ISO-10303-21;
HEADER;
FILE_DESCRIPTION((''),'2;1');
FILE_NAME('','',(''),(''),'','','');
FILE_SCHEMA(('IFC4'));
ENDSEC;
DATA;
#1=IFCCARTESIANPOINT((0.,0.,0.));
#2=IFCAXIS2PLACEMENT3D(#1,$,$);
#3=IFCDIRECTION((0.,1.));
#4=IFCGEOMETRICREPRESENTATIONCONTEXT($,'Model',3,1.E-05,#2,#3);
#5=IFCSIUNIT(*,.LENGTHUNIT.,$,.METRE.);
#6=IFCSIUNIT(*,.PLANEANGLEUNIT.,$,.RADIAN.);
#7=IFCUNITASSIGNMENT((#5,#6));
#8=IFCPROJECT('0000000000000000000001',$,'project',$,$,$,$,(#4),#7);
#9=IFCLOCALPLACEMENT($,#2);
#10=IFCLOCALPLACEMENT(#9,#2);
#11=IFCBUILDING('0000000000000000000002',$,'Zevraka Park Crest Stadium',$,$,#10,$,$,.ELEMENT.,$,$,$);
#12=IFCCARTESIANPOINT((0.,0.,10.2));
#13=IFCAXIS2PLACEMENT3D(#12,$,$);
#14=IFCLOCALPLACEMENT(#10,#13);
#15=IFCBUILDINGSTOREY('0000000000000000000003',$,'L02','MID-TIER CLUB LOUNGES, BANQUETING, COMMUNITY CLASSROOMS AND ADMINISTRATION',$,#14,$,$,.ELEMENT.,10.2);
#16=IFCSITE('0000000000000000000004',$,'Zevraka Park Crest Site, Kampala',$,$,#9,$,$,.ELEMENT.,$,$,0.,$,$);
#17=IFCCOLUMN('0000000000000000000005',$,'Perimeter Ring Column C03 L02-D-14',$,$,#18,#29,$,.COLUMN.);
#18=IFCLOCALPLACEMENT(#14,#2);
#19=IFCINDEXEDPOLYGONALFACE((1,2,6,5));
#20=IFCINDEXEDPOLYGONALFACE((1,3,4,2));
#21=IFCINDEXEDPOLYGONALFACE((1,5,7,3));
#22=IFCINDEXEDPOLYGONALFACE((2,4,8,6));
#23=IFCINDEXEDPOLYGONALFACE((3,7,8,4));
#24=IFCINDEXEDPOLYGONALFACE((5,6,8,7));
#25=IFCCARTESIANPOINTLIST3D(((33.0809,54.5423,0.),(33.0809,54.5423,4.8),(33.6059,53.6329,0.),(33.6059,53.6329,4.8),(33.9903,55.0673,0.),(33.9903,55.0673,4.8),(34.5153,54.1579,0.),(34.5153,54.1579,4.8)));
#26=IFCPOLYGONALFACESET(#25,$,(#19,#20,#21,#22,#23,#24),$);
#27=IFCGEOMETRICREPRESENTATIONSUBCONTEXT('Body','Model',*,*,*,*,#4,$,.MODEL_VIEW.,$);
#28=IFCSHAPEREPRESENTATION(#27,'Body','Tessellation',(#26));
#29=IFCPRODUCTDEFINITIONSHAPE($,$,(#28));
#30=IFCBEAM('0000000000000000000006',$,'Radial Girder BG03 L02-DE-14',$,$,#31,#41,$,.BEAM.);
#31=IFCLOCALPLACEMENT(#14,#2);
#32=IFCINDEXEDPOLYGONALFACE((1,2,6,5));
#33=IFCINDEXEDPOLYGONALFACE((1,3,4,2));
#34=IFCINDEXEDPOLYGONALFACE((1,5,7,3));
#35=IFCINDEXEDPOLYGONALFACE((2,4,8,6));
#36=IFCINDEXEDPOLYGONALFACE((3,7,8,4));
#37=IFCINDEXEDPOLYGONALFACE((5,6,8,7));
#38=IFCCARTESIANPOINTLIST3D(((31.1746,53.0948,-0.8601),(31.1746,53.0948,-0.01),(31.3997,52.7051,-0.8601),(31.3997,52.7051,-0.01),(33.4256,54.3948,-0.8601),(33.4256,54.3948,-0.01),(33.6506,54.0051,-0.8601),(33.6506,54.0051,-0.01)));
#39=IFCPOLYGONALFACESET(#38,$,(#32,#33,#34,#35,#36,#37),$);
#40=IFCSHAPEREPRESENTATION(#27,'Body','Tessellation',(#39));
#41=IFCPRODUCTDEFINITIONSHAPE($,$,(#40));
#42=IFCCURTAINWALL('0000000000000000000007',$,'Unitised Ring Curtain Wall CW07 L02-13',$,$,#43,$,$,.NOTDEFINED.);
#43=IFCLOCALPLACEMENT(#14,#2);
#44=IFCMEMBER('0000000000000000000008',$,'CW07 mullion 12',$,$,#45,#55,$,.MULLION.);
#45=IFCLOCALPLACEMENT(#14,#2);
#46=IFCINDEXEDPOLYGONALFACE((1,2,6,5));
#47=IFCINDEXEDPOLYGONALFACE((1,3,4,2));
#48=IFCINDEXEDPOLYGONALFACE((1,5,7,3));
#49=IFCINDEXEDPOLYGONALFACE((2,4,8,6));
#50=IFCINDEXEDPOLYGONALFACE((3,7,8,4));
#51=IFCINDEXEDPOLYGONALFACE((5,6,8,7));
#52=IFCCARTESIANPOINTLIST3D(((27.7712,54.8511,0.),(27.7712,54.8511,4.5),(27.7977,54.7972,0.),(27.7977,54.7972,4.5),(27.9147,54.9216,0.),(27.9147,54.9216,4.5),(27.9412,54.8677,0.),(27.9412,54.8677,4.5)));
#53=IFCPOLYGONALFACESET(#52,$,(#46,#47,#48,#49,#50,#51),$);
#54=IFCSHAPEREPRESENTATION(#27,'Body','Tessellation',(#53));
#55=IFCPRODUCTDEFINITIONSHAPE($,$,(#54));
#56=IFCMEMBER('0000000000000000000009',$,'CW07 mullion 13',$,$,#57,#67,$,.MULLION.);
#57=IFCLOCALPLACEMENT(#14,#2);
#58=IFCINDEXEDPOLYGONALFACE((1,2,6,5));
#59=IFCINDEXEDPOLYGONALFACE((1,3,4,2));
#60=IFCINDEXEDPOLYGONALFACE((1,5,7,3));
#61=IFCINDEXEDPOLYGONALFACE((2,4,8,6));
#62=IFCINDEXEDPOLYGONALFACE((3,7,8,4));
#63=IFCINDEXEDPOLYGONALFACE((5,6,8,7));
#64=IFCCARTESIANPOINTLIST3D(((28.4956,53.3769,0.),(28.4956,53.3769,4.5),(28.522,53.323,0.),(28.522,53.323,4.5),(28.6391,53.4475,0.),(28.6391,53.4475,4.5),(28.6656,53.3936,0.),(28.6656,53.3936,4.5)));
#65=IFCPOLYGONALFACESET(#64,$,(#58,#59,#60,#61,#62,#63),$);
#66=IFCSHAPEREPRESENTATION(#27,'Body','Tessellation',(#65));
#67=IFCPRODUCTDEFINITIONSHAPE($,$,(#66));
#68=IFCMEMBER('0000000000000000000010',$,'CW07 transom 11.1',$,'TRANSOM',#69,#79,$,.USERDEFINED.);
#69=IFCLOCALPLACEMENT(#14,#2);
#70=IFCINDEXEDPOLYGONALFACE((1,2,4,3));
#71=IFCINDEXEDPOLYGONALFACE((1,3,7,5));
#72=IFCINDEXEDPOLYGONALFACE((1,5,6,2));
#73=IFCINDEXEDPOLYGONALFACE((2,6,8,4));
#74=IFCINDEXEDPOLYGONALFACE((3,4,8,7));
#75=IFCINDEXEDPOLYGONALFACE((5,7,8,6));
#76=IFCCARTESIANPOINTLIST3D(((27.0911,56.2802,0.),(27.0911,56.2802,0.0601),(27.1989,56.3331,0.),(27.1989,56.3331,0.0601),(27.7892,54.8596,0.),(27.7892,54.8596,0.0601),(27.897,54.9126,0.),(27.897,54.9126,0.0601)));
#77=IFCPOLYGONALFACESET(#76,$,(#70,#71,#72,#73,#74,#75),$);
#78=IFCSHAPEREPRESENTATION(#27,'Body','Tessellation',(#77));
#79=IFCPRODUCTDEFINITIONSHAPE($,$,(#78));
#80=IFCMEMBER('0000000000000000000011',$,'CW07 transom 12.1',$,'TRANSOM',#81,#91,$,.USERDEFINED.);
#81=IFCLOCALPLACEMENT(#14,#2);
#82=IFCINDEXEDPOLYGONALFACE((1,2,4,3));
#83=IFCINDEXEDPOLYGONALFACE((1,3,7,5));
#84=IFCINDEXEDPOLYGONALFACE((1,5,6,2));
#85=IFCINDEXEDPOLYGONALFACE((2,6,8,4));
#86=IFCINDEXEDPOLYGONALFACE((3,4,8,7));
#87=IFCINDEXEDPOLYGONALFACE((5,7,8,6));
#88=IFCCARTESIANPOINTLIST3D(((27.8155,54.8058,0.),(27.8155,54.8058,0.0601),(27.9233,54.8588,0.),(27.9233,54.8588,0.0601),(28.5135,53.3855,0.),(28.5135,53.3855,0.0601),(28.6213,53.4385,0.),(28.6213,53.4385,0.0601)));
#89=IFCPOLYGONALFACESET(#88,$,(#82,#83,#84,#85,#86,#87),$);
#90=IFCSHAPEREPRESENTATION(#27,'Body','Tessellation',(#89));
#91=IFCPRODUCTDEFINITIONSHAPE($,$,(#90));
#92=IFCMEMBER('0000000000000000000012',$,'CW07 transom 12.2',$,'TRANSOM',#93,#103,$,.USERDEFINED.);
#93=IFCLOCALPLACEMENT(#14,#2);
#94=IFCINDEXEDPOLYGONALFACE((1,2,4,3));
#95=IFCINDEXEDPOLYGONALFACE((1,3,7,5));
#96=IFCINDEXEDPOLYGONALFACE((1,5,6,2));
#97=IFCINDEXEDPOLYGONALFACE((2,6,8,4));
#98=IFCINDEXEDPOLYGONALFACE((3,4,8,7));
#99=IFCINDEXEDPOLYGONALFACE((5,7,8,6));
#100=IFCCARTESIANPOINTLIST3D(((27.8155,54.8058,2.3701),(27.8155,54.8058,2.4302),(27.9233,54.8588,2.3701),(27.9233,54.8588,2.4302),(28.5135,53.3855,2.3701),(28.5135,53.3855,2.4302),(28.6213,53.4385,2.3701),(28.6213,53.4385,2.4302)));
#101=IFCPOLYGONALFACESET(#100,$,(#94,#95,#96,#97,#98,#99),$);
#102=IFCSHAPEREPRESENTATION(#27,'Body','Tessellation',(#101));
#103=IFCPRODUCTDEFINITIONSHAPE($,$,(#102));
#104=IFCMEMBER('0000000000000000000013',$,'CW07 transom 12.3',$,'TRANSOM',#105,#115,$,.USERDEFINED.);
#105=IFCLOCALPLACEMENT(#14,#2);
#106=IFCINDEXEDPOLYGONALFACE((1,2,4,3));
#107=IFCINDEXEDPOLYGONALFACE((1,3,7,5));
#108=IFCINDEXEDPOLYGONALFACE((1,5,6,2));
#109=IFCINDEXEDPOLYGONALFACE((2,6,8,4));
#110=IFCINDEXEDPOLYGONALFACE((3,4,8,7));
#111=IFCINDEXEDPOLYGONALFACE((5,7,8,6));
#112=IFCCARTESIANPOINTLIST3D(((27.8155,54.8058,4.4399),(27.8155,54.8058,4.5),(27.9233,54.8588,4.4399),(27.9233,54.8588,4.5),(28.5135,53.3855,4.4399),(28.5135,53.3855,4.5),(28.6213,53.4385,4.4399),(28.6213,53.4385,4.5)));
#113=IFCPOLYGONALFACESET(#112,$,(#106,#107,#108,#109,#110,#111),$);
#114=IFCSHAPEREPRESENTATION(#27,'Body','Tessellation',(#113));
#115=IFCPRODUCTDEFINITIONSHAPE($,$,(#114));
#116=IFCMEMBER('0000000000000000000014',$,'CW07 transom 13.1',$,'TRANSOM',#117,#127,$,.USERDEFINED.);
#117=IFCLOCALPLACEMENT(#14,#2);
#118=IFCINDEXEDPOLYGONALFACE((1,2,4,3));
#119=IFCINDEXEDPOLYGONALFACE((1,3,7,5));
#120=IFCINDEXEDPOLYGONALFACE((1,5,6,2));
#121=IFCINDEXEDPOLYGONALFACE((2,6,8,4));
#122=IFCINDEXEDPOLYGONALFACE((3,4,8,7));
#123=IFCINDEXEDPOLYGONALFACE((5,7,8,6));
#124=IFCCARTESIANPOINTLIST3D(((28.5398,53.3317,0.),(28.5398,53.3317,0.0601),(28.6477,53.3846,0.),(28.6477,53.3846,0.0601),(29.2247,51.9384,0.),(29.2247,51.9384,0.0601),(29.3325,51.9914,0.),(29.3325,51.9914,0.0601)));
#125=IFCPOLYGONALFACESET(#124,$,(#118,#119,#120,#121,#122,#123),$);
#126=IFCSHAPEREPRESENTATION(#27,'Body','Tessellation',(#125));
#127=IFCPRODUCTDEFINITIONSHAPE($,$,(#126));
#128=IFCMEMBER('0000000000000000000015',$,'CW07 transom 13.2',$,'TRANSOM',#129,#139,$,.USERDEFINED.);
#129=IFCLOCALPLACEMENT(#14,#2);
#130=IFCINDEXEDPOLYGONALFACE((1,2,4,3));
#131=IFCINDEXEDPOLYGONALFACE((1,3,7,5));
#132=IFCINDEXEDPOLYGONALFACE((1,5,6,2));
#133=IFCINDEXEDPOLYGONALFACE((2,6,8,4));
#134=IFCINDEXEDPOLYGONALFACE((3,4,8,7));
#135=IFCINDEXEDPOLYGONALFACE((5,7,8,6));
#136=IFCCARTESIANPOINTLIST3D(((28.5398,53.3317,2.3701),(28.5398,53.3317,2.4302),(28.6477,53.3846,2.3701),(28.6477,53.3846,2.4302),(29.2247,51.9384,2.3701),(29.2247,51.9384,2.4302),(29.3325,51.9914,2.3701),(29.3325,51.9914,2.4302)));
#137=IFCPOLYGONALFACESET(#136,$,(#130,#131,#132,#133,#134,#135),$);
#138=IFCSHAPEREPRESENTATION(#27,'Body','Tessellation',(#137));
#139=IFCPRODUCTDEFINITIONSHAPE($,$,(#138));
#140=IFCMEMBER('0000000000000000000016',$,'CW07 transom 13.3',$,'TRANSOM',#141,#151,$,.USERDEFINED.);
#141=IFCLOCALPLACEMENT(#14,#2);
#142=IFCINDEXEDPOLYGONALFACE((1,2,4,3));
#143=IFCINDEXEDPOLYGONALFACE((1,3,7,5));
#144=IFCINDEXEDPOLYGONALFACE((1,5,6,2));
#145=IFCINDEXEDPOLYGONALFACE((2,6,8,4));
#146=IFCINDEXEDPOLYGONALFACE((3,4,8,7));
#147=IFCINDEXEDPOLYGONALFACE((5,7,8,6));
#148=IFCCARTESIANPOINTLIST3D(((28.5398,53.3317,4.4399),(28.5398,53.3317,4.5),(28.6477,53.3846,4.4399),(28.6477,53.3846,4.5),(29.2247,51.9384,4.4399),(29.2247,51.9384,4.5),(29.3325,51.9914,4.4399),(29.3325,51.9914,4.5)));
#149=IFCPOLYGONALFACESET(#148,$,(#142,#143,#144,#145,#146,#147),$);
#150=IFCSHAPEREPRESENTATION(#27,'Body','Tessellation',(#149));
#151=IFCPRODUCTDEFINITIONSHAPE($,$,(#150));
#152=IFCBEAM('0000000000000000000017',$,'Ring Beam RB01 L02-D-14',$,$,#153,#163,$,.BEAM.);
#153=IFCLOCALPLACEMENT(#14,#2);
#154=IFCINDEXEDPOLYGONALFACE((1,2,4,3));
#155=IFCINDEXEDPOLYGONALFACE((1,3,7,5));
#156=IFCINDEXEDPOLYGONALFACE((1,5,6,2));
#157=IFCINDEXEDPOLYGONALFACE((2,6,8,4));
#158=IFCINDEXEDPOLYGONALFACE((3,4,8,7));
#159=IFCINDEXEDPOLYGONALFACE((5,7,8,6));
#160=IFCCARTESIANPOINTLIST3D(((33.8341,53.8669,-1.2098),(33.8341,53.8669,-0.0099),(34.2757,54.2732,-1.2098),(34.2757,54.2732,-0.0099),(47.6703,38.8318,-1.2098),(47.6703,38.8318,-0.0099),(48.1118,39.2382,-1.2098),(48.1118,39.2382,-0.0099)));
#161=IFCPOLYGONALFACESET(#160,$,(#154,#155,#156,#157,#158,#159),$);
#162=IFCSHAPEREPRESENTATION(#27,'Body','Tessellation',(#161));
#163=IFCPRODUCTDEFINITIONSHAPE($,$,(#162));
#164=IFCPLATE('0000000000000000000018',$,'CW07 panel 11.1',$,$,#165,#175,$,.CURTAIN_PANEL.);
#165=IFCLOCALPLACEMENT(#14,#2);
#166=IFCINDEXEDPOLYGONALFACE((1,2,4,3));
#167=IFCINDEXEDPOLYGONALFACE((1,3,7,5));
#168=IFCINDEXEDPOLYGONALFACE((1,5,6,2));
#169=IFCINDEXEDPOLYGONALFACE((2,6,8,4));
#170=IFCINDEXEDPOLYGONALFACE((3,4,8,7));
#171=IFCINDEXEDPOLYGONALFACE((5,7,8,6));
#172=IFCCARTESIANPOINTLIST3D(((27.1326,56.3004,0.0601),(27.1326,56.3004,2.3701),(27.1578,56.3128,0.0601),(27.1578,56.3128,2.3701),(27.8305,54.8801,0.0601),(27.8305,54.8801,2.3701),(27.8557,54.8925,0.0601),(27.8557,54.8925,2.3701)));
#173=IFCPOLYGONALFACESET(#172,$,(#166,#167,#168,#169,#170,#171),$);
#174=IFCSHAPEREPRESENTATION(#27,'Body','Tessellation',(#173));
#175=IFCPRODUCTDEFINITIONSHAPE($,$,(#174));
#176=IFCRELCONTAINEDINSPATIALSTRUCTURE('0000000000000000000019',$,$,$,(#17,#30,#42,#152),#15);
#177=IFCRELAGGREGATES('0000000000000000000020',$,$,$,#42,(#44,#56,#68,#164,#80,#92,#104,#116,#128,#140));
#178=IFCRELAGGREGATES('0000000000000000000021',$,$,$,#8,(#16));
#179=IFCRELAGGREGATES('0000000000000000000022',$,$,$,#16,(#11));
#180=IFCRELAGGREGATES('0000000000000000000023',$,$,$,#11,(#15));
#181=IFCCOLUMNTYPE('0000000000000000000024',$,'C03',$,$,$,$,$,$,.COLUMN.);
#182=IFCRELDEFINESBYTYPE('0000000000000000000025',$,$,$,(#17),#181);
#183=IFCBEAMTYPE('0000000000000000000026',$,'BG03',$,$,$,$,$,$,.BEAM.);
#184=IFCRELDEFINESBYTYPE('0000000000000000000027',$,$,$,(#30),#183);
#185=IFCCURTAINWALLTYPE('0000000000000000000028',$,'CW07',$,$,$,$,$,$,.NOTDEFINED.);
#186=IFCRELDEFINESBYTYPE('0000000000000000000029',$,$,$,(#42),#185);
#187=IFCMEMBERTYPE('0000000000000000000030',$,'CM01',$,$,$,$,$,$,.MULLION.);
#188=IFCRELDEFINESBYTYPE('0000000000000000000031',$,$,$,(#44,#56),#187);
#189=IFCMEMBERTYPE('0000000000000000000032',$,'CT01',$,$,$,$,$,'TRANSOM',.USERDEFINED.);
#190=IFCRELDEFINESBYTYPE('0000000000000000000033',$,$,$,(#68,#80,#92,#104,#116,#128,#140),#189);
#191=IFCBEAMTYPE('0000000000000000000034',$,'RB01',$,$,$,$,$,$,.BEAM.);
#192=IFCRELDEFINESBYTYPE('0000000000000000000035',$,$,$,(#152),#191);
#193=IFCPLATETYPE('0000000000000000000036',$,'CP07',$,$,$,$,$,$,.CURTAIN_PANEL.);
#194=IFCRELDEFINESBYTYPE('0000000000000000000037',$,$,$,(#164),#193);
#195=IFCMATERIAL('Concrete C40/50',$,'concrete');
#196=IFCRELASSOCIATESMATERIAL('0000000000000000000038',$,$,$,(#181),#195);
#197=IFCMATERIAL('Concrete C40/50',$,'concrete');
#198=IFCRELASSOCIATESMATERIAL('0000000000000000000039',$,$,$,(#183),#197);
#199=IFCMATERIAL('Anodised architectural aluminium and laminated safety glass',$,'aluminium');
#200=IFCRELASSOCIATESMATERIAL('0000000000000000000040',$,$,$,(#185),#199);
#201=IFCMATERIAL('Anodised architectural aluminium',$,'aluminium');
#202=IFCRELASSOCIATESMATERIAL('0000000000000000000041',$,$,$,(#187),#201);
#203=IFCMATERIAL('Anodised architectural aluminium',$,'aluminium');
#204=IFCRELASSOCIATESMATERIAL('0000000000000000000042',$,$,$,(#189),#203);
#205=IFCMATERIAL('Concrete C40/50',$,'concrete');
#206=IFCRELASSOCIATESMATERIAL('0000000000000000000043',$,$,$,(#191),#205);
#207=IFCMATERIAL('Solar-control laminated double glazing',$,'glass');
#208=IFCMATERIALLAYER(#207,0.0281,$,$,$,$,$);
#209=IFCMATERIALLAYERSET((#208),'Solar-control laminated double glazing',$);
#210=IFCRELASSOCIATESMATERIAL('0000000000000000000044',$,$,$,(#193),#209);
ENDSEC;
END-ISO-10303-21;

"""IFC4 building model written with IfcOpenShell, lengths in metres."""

from ifc_helpers import new_model, si_unit, direction, frame, origin, origin_2d, place, context, subcontext, project, spatial, rectangle, extrude, material, layer, layer_set, material_profile, profile_set, type_object, element, aggregate, save


model = new_model("IFC4")

# Units and contexts
model_context = context("Model", 3, precision=1e-05, world=origin(), true_north=direction((0.0, 1.0)))
body_context = subcontext(model_context, "Body", "Model", "MODEL_VIEW")
ifc_project = project(units=[si_unit("LENGTHUNIT", "METRE"), si_unit("PLANEANGLEUNIT", "RADIAN")], contexts=[model_context])

# Site, building, storey
site_placement = place(None, origin())
site = spatial("IfcSite", under=ifc_project, at=site_placement, Name="Zevraka Park Crest Site, Kampala", CompositionType="ELEMENT", RefElevation=0.0)
building_placement = place(site_placement, origin())
building = spatial("IfcBuilding", under=site, at=building_placement, Name="Zevraka Park Crest Stadium", CompositionType="ELEMENT")
storey_placement = place(building_placement, frame((0.0, 0.0, 10.2)))
storey = spatial("IfcBuildingStorey", under=building, at=storey_placement, Name="L02", Description="MID-TIER CLUB LOUNGES, BANQUETING, COMMUNITY CLASSROOMS AND ADMINISTRATION", CompositionType="ELEMENT", Elevation=10.2)

# Column
ifc_material_1 = material(Name="Concrete C40/50", Category="concrete")
ifc_material_profile_1 = material_profile(ifc_material_1, rectangle(XDim=1.05, YDim=1.05, at=origin_2d()), Name="RC 1050x1050")
ifc_profile_set_1 = profile_set([ifc_material_profile_1], Name="Concrete C40/50")
column_type = type_object("IfcColumnType", Name="C03", PredefinedType="COLUMN", material=ifc_profile_set_1)
column_placement = place(storey_placement, frame((33.7981, 54.3501, 0.0), z_axis=(0.0, 0.0, 1.0), x_axis=(0.866025, 0.5, 0.0)))
element("IfcColumn", 1, at=column_placement, inside=storey, type_object=column_type, Name="Perimeter Ring Column C03 L02-D-14", PredefinedType="COLUMN", context=body_context, shape_type="SweptSolid", body=[
    extrude(rectangle(XDim=1.05, YDim=1.05, at=origin_2d()), origin(), (0.0, 0.0, 1.0), 4.8),
])

# Beam
ifc_material_2 = material(Name="Concrete C40/50", Category="concrete")
ifc_material_profile_2 = material_profile(ifc_material_2, rectangle(XDim=0.45, YDim=0.8501, at=origin_2d()), Name="RC 850x450")
ifc_profile_set_2 = profile_set([ifc_material_profile_2], Name="Concrete C40/50")
beam_type_1 = type_object("IfcBeamType", Name="BG03", PredefinedType="BEAM", material=ifc_profile_set_2)
beam_1_placement = place(storey_placement, frame((33.5381, 54.2, -0.4351), z_axis=(-0.865951, -0.500129, 0.0), x_axis=(0.500129, -0.865951, 0.0)))
element("IfcBeam", 2, at=beam_1_placement, inside=storey, type_object=beam_type_1, Name="Radial Girder BG03 L02-DE-14", PredefinedType="BEAM", context=body_context, shape_type="SweptSolid", body=[
    extrude(rectangle(XDim=0.45, YDim=0.8501, at=origin_2d()), origin(), (0.0, 0.0, 1.0), 2.5994),
])

# Curtain wall, members
ifc_material_3 = material(Name="Anodised architectural aluminium and laminated safety glass", Category="aluminium")
curtain_wall_type = type_object("IfcCurtainWallType", Name="CW07", PredefinedType="NOTDEFINED", material=ifc_material_3)
curtain_wall_placement = place(storey_placement, origin())
curtain_wall = element("IfcCurtainWall", 3, at=curtain_wall_placement, inside=storey, type_object=curtain_wall_type, Name="Unitised Ring Curtain Wall CW07 L02-13", PredefinedType="NOTDEFINED")
ifc_material_4 = material(Name="Anodised architectural aluminium", Category="aluminium")
ifc_material_profile_3 = material_profile(ifc_material_4, rectangle(XDim=0.1599, YDim=0.0601, at=origin_2d()), Name="ALU MULLION 160x60")
ifc_profile_set_3 = profile_set([ifc_material_profile_3], Name="Anodised architectural aluminium")
member_type_1 = type_object("IfcMemberType", Name="CM01", PredefinedType="MULLION", material=ifc_profile_set_3)
member_1_placement = place(storey_placement, frame((27.8562, 54.8594, 0.0), z_axis=(0.0, 0.0, 1.0), x_axis=(0.897497, 0.441021, 0.0)))
member_1 = element("IfcMember", 4, at=member_1_placement, type_object=member_type_1, Name="CW07 mullion 12", PredefinedType="MULLION", context=body_context, shape_type="SweptSolid", body=[
    extrude(rectangle(XDim=0.1599, YDim=0.0601, at=origin_2d()), origin(), (0.0, 0.0, 1.0), 4.5),
])
member_2_placement = place(storey_placement, frame((28.5806, 53.3853, 0.0), z_axis=(0.0, 0.0, 1.0), x_axis=(0.897497, 0.441021, 0.0)))
member_2 = element("IfcMember", 5, at=member_2_placement, type_object=member_type_1, Name="CW07 mullion 13", PredefinedType="MULLION", context=body_context, shape_type="SweptSolid", body=[
    extrude(rectangle(XDim=0.1599, YDim=0.0601, at=origin_2d()), origin(), (0.0, 0.0, 1.0), 4.5),
])
ifc_material_5 = material(Name="Anodised architectural aluminium", Category="aluminium")
ifc_material_profile_4 = material_profile(ifc_material_5, rectangle(XDim=0.1201, YDim=0.0601, at=origin_2d()), Name="ALU TRANSOM 120x60")
ifc_profile_set_4 = profile_set([ifc_material_profile_4], Name="Anodised architectural aluminium")
member_type_2 = type_object("IfcMemberType", Name="CT01", ElementType="TRANSOM", PredefinedType="USERDEFINED", material=ifc_profile_set_4)
member_3_placement = place(storey_placement, frame((27.145, 56.3066, 0.03), z_axis=(0.441033, -0.897491, 0.0), x_axis=(0.897491, 0.441033, 0.0)))
member_3 = element("IfcMember", 6, at=member_3_placement, type_object=member_type_2, Name="CW07 transom 11.1", ObjectType="TRANSOM", PredefinedType="USERDEFINED", context=body_context, shape_type="SweptSolid", body=[
    extrude(rectangle(XDim=0.1201, YDim=0.0601, at=origin_2d()), origin(), (0.0, 0.0, 1.0), 1.5828),
])
member_4_placement = place(storey_placement, frame((27.8694, 54.8323, 0.03), z_axis=(0.441094, -0.897461, 0.0), x_axis=(0.897461, 0.441094, 0.0)))
member_4 = element("IfcMember", 7, at=member_4_placement, type_object=member_type_2, Name="CW07 transom 12.1", ObjectType="TRANSOM", PredefinedType="USERDEFINED", context=body_context, shape_type="SweptSolid", body=[
    extrude(rectangle(XDim=0.1201, YDim=0.0601, at=origin_2d()), origin(), (0.0, 0.0, 1.0), 1.5825),
])
member_5_placement = place(storey_placement, frame((27.8694, 54.8323, 2.4001), z_axis=(0.441094, -0.897461, 0.0), x_axis=(0.897461, 0.441094, 0.0)))
member_5 = element("IfcMember", 8, at=member_5_placement, type_object=member_type_2, Name="CW07 transom 12.2", ObjectType="TRANSOM", PredefinedType="USERDEFINED", context=body_context, shape_type="SweptSolid", body=[
    extrude(rectangle(XDim=0.1201, YDim=0.0601, at=origin_2d()), origin(), (0.0, 0.0, 1.0), 1.5825),
])
member_6_placement = place(storey_placement, frame((27.8694, 54.8323, 4.47), z_axis=(0.441094, -0.897461, 0.0), x_axis=(0.897461, 0.441094, 0.0)))
member_6 = element("IfcMember", 9, at=member_6_placement, type_object=member_type_2, Name="CW07 transom 12.3", ObjectType="TRANSOM", PredefinedType="USERDEFINED", context=body_context, shape_type="SweptSolid", body=[
    extrude(rectangle(XDim=0.1201, YDim=0.0601, at=origin_2d()), origin(), (0.0, 0.0, 1.0), 1.5825),
])
member_7_placement = place(storey_placement, frame((28.5938, 53.3582, 0.03), z_axis=(0.441102, -0.897457, 0.0), x_axis=(0.897457, 0.441102, 0.0)))
member_7 = element("IfcMember", 10, at=member_7_placement, type_object=member_type_2, Name="CW07 transom 13.1", ObjectType="TRANSOM", PredefinedType="USERDEFINED", context=body_context, shape_type="SweptSolid", body=[
    extrude(rectangle(XDim=0.1201, YDim=0.0601, at=origin_2d()), origin(), (0.0, 0.0, 1.0), 1.5525),
])
member_8_placement = place(storey_placement, frame((28.5938, 53.3582, 2.4001), z_axis=(0.441102, -0.897457, 0.0), x_axis=(0.897457, 0.441102, 0.0)))
member_8 = element("IfcMember", 11, at=member_8_placement, type_object=member_type_2, Name="CW07 transom 13.2", ObjectType="TRANSOM", PredefinedType="USERDEFINED", context=body_context, shape_type="SweptSolid", body=[
    extrude(rectangle(XDim=0.1201, YDim=0.0601, at=origin_2d()), origin(), (0.0, 0.0, 1.0), 1.5525),
])
member_9_placement = place(storey_placement, frame((28.5938, 53.3582, 4.47), z_axis=(0.441102, -0.897457, 0.0), x_axis=(0.897457, 0.441102, 0.0)))
member_9 = element("IfcMember", 12, at=member_9_placement, type_object=member_type_2, Name="CW07 transom 13.3", ObjectType="TRANSOM", PredefinedType="USERDEFINED", context=body_context, shape_type="SweptSolid", body=[
    extrude(rectangle(XDim=0.1201, YDim=0.0601, at=origin_2d()), origin(), (0.0, 0.0, 1.0), 1.5525),
])

# Beam
ifc_material_6 = material(Name="Concrete C40/50", Category="concrete")
ifc_material_profile_5 = material_profile(ifc_material_6, rectangle(XDim=0.6001, YDim=1.2, at=origin_2d()), Name="RC 1200x600")
ifc_profile_set_5 = profile_set([ifc_material_profile_5], Name="Concrete C40/50")
beam_type_2 = type_object("IfcBeamType", Name="RB01", PredefinedType="BEAM", material=ifc_profile_set_5)
beam_2_placement = place(storey_placement, frame((34.0549, 54.0701, -0.6099), z_axis=(0.677158, -0.735837, 0.0), x_axis=(0.735837, 0.677158, 0.0)))
element("IfcBeam", 13, at=beam_2_placement, inside=storey, type_object=beam_type_2, Name="Ring Beam RB01 L02-D-14", PredefinedType="BEAM", context=body_context, shape_type="SweptSolid", body=[
    extrude(rectangle(XDim=0.6001, YDim=1.2, at=origin_2d()), origin(), (0.0, 0.0, 1.0), 20.4326),
])

# Plate
ifc_material_7 = material(Name="Solar-control laminated double glazing", Category="glass")
ifc_layer_1 = layer(ifc_material_7, 0.0281)
ifc_layer_set_1 = layer_set([ifc_layer_1], Name="Solar-control laminated double glazing")
plate_type = type_object("IfcPlateType", Name="CP07", PredefinedType="CURTAIN_PANEL", material=ifc_layer_set_1)
plate_1_placement = place(storey_placement, frame((27.4941, 55.5964, 0.0601), z_axis=(0.0, 0.0, 1.0), x_axis=(0.441021, -0.897497, 0.0)))
plate_1 = element("IfcPlate", 14, at=plate_1_placement, type_object=plate_type, Name="CW07 panel 11.1", PredefinedType="CURTAIN_PANEL", context=body_context, shape_type="SweptSolid", body=[
    extrude(rectangle(XDim=1.5825, YDim=0.0281, at=origin_2d()), origin(), (0.0, 0.0, 1.0), 2.3101),
])
aggregate(curtain_wall, [member_1, member_2, member_3, plate_1, member_4, member_5, member_6, member_7, member_8, member_9])

save(model, "model.ifc")
